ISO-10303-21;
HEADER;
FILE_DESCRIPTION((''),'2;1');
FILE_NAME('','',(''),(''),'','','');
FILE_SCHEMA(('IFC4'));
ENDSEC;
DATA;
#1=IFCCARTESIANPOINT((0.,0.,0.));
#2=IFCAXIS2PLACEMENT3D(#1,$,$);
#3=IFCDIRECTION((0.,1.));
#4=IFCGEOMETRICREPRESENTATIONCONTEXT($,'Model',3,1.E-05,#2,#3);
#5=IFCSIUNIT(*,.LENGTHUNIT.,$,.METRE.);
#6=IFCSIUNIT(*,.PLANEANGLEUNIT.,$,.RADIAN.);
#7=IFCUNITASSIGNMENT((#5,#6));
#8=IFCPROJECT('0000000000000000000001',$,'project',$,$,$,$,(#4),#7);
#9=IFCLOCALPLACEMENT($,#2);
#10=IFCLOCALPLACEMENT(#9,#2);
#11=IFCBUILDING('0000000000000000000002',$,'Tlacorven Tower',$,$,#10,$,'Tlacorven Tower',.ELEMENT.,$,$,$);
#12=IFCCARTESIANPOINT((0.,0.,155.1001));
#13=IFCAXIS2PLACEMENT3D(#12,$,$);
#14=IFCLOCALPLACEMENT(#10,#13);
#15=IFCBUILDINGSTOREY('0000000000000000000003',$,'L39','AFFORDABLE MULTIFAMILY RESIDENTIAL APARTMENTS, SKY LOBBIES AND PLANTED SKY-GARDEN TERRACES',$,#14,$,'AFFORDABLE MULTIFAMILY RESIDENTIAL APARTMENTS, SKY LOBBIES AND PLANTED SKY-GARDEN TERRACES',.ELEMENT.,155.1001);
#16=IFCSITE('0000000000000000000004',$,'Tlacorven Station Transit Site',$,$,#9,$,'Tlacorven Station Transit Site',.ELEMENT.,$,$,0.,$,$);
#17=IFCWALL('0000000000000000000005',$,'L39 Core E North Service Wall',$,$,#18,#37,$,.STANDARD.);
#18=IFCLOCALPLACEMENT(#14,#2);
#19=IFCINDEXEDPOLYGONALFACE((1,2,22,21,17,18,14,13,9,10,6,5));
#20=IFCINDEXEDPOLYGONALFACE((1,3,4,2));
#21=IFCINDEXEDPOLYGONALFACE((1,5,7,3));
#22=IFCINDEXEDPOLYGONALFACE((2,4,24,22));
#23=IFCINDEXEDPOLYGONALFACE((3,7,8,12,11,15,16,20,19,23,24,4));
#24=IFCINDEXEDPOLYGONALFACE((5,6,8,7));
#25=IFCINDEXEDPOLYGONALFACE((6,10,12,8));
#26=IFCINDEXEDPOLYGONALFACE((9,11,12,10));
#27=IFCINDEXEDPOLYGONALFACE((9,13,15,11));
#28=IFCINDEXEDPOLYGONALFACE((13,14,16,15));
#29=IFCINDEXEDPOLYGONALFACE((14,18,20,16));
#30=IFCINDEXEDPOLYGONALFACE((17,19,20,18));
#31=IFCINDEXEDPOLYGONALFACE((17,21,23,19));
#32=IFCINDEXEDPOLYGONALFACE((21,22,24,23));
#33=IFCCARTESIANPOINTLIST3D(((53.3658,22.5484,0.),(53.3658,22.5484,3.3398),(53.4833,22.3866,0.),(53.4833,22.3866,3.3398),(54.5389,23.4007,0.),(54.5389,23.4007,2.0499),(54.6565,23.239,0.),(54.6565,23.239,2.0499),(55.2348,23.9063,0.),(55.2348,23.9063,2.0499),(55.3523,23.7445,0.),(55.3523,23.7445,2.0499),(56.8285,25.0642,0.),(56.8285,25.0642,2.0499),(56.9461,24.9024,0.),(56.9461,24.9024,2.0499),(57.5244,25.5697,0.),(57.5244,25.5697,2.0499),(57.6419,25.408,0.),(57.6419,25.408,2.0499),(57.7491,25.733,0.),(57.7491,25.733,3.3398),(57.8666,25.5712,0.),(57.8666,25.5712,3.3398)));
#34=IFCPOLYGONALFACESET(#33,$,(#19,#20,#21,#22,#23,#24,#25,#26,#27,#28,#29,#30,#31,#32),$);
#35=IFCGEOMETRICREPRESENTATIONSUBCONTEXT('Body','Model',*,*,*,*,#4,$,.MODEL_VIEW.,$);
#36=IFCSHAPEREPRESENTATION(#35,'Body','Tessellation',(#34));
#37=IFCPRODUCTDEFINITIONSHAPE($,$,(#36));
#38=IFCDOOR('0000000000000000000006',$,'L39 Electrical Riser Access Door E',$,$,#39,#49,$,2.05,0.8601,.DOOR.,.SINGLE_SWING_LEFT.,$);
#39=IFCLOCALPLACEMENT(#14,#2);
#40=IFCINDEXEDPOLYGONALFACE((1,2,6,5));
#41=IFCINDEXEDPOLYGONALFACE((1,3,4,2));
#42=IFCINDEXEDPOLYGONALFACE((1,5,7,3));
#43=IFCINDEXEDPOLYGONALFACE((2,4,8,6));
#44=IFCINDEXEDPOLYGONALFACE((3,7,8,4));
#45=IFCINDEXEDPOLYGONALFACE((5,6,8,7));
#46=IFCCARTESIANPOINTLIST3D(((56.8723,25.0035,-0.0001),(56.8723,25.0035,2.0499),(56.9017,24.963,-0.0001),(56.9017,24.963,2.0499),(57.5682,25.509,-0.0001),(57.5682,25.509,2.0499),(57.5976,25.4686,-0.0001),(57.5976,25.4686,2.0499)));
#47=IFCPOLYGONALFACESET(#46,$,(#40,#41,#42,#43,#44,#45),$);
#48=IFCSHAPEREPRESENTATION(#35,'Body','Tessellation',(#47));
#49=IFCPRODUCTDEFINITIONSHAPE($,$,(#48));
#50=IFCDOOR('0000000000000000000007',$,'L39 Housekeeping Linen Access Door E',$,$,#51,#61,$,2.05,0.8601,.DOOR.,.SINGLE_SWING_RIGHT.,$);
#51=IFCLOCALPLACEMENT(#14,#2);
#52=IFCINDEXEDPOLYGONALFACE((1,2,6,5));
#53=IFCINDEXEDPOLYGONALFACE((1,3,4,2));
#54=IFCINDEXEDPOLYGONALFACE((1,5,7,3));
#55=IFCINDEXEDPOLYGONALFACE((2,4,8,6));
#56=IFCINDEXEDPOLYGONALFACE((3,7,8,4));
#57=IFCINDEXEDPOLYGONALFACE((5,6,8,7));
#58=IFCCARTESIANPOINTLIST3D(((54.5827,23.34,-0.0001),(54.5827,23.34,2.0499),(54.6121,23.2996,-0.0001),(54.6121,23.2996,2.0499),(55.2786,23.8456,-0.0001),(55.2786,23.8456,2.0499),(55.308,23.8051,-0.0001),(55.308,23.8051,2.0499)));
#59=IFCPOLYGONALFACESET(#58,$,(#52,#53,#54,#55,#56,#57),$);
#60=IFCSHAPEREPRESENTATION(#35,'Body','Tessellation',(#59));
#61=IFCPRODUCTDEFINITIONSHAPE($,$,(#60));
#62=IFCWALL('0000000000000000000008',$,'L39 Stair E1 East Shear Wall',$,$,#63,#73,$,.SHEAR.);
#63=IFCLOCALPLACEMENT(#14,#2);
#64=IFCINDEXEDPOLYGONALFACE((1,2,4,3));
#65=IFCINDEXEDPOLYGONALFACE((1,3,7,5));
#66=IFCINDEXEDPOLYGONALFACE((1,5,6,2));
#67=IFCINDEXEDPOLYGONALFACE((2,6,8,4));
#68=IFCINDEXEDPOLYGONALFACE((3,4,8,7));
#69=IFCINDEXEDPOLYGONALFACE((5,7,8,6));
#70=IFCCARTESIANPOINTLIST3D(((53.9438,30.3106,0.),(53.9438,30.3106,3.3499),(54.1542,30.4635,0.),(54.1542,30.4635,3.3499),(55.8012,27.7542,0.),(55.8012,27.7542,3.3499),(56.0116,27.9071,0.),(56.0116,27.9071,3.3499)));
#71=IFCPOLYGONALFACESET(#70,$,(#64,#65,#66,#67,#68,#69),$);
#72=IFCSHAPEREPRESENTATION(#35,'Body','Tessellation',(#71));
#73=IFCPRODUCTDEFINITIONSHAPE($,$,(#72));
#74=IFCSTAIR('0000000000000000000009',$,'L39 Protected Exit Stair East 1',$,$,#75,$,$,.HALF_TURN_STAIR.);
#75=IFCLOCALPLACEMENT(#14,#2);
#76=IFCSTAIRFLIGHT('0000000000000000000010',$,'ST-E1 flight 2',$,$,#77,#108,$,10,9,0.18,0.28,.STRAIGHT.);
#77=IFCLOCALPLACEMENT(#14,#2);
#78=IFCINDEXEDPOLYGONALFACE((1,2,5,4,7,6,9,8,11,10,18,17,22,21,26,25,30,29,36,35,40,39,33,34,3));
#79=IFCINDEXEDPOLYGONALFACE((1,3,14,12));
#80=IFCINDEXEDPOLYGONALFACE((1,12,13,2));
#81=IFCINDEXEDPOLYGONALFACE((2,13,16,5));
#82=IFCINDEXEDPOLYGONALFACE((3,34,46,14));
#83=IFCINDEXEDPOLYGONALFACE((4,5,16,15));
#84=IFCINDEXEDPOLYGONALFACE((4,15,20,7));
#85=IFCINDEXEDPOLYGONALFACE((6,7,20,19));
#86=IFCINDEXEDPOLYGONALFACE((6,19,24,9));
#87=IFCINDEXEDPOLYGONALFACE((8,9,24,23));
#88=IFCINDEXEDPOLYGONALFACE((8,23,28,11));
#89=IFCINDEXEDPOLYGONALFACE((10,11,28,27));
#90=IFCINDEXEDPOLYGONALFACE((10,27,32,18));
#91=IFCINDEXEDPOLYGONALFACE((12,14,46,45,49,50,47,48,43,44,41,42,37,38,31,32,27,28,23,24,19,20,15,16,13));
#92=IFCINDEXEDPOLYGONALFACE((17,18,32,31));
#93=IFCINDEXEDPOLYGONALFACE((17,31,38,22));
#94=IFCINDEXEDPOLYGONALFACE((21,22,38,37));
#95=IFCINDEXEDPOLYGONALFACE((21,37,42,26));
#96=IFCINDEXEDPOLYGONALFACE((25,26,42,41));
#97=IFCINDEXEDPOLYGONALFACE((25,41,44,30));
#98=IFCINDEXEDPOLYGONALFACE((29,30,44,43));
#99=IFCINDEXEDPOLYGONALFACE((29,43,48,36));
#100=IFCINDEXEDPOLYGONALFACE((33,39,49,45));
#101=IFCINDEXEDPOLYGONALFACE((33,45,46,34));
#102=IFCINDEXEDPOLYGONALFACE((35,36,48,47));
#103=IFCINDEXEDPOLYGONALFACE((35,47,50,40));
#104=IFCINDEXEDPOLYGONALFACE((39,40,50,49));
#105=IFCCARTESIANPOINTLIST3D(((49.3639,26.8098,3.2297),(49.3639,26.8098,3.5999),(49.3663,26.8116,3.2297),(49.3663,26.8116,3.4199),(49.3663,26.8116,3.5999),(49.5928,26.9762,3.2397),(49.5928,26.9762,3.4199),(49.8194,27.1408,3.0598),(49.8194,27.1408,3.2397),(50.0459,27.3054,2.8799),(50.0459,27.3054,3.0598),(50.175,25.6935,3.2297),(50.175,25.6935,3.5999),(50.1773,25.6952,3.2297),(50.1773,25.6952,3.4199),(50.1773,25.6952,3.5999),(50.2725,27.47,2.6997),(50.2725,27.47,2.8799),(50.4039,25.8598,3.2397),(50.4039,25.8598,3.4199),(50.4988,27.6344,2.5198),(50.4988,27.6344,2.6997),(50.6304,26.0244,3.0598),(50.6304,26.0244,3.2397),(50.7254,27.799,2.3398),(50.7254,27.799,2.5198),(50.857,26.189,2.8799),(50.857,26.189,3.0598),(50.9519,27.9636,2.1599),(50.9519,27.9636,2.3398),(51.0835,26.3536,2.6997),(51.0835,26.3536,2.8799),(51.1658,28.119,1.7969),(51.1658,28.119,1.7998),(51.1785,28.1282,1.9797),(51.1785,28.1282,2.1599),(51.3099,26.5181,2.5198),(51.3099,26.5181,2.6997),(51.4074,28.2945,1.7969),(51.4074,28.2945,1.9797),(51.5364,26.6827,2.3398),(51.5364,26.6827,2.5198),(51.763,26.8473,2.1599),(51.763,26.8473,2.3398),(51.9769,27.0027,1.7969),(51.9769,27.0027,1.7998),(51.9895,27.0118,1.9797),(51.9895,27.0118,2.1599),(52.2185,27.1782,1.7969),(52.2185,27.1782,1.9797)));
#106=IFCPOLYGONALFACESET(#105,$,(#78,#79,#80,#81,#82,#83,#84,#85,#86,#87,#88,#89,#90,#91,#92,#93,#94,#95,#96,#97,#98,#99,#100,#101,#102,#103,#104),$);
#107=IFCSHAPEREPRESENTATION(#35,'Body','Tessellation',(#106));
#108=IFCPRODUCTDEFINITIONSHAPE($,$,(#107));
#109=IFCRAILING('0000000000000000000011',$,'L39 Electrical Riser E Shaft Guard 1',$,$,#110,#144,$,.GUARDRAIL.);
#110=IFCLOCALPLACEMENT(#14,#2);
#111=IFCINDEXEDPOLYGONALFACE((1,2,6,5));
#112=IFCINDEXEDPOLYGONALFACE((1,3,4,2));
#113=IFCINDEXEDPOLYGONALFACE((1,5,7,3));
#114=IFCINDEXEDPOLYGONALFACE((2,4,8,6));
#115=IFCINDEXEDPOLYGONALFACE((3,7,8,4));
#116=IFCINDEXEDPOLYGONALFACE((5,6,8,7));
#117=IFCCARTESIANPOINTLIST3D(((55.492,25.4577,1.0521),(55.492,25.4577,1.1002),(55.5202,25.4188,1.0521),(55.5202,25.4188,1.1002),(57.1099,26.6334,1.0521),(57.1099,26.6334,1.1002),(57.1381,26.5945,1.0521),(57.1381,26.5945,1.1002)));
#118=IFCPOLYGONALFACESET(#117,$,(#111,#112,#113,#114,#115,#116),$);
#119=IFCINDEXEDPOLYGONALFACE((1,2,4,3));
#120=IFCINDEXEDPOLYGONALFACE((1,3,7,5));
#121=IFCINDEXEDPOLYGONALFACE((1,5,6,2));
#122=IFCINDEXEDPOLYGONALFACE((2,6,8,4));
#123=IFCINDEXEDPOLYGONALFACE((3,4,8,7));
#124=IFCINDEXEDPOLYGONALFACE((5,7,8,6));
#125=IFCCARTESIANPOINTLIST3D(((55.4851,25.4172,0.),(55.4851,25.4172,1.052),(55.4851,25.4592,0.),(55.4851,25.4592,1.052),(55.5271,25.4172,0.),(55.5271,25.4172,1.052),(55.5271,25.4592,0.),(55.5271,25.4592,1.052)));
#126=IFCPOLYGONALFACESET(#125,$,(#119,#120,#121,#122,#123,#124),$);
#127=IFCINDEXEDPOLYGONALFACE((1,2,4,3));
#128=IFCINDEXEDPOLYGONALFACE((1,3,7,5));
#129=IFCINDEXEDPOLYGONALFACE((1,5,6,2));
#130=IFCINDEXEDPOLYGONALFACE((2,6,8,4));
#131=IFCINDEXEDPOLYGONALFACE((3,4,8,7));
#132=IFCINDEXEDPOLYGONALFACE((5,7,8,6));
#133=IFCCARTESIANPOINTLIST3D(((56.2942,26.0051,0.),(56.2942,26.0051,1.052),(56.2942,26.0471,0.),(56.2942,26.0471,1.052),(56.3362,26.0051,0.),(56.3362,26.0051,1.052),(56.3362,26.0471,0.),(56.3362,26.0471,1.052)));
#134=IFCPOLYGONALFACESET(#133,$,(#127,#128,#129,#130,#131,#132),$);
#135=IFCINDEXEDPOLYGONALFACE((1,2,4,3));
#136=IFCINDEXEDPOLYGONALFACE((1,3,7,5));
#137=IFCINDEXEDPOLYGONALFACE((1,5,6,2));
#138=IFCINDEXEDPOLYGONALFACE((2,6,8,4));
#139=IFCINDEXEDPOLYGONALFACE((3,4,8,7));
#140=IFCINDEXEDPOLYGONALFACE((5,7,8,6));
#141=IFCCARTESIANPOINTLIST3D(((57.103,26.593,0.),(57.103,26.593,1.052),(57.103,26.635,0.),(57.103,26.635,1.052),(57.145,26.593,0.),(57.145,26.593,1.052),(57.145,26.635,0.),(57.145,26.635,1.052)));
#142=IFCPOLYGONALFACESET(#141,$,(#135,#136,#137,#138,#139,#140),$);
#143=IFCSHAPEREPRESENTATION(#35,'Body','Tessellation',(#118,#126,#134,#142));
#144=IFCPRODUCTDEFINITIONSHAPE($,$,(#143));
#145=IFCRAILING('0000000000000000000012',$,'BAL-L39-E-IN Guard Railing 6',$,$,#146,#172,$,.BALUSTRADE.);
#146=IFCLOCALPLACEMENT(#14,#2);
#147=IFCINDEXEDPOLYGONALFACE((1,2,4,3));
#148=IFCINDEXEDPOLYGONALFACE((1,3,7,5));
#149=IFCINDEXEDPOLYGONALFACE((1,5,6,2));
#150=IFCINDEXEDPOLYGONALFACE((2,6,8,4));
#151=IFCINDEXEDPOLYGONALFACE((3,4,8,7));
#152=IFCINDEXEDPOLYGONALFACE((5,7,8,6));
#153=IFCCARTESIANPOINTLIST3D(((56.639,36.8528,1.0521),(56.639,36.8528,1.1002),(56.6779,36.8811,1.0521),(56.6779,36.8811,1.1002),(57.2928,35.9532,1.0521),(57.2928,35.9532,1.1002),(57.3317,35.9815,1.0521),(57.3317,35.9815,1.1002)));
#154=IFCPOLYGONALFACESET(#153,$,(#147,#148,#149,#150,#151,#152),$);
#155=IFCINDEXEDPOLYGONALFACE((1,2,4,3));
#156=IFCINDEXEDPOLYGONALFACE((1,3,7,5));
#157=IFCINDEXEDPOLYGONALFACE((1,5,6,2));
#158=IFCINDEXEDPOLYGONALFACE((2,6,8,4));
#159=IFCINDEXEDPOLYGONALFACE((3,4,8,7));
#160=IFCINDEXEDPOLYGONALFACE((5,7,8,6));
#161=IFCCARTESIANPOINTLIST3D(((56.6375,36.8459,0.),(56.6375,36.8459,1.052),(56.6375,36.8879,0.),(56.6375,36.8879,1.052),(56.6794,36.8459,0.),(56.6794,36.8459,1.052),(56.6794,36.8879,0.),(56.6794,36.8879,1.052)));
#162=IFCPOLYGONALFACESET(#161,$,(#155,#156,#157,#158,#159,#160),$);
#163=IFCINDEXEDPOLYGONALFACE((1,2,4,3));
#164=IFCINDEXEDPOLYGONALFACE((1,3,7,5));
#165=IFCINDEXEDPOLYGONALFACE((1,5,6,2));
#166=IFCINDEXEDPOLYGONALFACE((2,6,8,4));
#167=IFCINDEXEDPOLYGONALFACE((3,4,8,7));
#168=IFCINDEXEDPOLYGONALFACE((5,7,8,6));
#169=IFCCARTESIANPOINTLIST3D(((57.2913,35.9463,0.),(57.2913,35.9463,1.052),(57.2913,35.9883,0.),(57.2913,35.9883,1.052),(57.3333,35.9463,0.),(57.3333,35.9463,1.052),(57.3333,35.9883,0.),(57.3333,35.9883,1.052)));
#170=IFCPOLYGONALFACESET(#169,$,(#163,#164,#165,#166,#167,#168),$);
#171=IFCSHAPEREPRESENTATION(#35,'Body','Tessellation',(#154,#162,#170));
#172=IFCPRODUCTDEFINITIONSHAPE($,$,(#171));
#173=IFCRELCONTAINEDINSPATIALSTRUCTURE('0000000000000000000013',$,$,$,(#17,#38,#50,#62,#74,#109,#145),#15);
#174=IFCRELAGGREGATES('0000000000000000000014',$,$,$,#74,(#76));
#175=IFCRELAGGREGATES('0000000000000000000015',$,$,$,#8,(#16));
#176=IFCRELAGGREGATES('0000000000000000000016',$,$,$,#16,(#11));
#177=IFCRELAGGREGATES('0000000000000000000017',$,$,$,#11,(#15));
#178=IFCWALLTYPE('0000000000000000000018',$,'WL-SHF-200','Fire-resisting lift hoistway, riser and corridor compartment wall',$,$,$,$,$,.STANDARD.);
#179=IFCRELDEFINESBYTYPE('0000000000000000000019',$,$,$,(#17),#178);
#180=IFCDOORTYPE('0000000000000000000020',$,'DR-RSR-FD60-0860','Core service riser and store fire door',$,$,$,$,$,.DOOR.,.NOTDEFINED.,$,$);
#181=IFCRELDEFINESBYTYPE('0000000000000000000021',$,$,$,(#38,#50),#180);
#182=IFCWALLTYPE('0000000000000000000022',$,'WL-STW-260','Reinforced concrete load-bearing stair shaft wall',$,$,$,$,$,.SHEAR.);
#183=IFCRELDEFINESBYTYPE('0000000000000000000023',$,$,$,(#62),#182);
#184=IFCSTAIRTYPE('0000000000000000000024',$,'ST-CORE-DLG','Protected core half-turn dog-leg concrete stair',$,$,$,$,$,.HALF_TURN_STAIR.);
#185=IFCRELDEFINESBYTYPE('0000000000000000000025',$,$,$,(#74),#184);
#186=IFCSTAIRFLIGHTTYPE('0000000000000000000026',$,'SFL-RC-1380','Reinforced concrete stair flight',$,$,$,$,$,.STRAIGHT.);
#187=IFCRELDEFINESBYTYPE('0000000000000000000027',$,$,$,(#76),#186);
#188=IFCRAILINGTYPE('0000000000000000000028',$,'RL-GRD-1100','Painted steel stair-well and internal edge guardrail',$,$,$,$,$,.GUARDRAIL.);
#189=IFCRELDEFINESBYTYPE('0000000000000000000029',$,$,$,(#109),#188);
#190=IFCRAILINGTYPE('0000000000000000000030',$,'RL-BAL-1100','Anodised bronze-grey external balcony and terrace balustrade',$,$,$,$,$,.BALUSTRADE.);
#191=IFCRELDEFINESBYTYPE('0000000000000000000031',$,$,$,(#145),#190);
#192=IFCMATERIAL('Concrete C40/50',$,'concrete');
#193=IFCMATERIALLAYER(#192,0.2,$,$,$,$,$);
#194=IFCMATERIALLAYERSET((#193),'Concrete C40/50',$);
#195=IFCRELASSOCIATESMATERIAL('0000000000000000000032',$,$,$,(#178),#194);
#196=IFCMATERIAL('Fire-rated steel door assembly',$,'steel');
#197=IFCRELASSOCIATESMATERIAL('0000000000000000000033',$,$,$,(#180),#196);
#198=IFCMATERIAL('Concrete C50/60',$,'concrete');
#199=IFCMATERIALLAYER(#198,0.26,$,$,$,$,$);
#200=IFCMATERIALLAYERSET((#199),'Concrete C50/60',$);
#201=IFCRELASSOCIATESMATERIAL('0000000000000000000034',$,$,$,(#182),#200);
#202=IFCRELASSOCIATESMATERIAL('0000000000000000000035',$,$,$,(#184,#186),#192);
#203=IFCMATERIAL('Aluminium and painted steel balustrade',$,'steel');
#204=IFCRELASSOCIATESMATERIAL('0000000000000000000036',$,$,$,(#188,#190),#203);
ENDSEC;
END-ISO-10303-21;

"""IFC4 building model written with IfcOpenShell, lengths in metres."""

from ifc_helpers import new_model, si_unit, direction, frame, frame_2d, origin, origin_2d, place, context, subcontext, project, spatial, polyline, rectangle, outline, extrude, source, transform, mapped, material, layer, layer_set, type_object, element, fill, aggregate, save


model = new_model("IFC4")

# Units and contexts
model_context = context("Model", 3, precision=1e-05, world=origin(), true_north=direction((0.0, 1.0)))
body_context = subcontext(model_context, "Body", "Model", "MODEL_VIEW")
ifc_project = project(units=[si_unit("LENGTHUNIT", "METRE"), si_unit("PLANEANGLEUNIT", "RADIAN")], contexts=[model_context])

# Site, building, storey
site_placement = place(None, origin())
site = spatial("IfcSite", under=ifc_project, at=site_placement, Name="Tlacorven Station Transit Site", LongName="Tlacorven Station Transit Site", CompositionType="ELEMENT", RefElevation=0.0)
building_placement = place(site_placement, origin())
building = spatial("IfcBuilding", under=site, at=building_placement, Name="Tlacorven Tower", LongName="Tlacorven Tower", CompositionType="ELEMENT")
storey_placement = place(building_placement, frame((0.0, 0.0, 155.1001)))
storey = spatial("IfcBuildingStorey", under=building, at=storey_placement, Name="L39", Description="AFFORDABLE MULTIFAMILY RESIDENTIAL APARTMENTS, SKY LOBBIES AND PLANTED SKY-GARDEN TERRACES", LongName="AFFORDABLE MULTIFAMILY RESIDENTIAL APARTMENTS, SKY LOBBIES AND PLANTED SKY-GARDEN TERRACES", CompositionType="ELEMENT", Elevation=155.1001)

# Shared definitions
ifc_material_1 = material(Name="Fire-rated steel door assembly", Category="steel")

# Shared definitions
ifc_material_2 = material(Name="Concrete C40/50", Category="concrete")
ifc_layer_1 = layer(ifc_material_2, 0.2)
ifc_layer_set_1 = layer_set([ifc_layer_1], Name="Concrete C40/50")
wall_type_1 = type_object("IfcWallType", Name="WL-SHF-200", Description="Fire-resisting lift hoistway, riser and corridor compartment wall", PredefinedType="STANDARD", material=ifc_layer_set_1)
door_type_1 = type_object("IfcDoorType", Name="DR-RSR-FD60-0860", Description="Core service riser and store fire door", OperationType="NOTDEFINED", PredefinedType="DOOR", material=ifc_material_1)
shared_shape_1 = source(origin(), body_context, "Body", "SweptSolid", [
    extrude(rectangle(XDim=0.8601, YDim=2.05, at=frame_2d((0.4302, 1.0249))), frame((0.0, 0.0249, 0.0), z_axis=(0.0, -1.0, 0.0), x_axis=(1.0, 0.0, 0.0)), (0.0, 0.0, 1.0), 0.05),
])

# Wall, openings, doors
wall_1_placement = place(storey_placement, frame((53.4246, 22.4675, 0.0), z_axis=(0.0, 0.0, 1.0), x_axis=(0.809024, 0.587775, 0.0)))
wall_1 = element("IfcWall", 1, at=wall_1_placement, inside=storey, type_object=wall_type_1, Name="L39 Core E North Service Wall", PredefinedType="STANDARD", context=body_context, shape_type="SweptSolid", body=[
    extrude(rectangle(XDim=5.418, YDim=0.2, at=frame_2d((2.709, 0.0))), origin(), (0.0, 0.0, 1.0), 3.3398),
])
opening_1_placement = place(wall_1_placement, frame((4.28, 0.0, 0.0)))
opening_1 = element("IfcOpeningElement", 2, at=opening_1_placement, cuts=wall_1, PredefinedType="OPENING", context=body_context, shape_type="SweptSolid", body=[
    extrude(rectangle(XDim=0.8601, YDim=2.05, at=frame_2d((0.4302, 1.0249))), frame((0.0, 0.1099, 0.0), z_axis=(0.0, -1.0, 0.0), x_axis=(1.0, 0.0, 0.0)), (0.0, 0.0, 1.0), 0.22),
])
opening_2_placement = place(wall_1_placement, frame((1.45, 0.0, 0.0)))
opening_2 = element("IfcOpeningElement", 3, at=opening_2_placement, cuts=wall_1, PredefinedType="OPENING", context=body_context, shape_type="SweptSolid", body=[
    extrude(rectangle(XDim=0.8601, YDim=2.05, at=frame_2d((0.4302, 1.0249))), frame((0.0, 0.1099, 0.0), z_axis=(0.0, -1.0, 0.0), x_axis=(1.0, 0.0, 0.0)), (0.0, 0.0, 1.0), 0.22),
])
door_1_placement = place(opening_1_placement, frame((0.8601, 0.0, 0.0), z_axis=(0.0, 0.0, 1.0), x_axis=(-1.0, 0.0, 0.0)))
door_1 = element("IfcDoor", 4, at=door_1_placement, inside=storey, type_object=door_type_1, Name="L39 Electrical Riser Access Door E", OperationType="SINGLE_SWING_LEFT", OverallHeight=2.05, OverallWidth=0.8601, PredefinedType="DOOR", context=body_context, shape_type="MappedRepresentation", body=[
    mapped(shared_shape_1, transform((0.0, 0.0, 0.0), scale=1.0)),
])
fill(opening_1, door_1)
door_2_placement = place(opening_2_placement, frame((0.8601, 0.0, 0.0), z_axis=(0.0, 0.0, 1.0), x_axis=(-1.0, 0.0, 0.0)))
door_2 = element("IfcDoor", 5, at=door_2_placement, inside=storey, type_object=door_type_1, Name="L39 Housekeeping Linen Access Door E", OperationType="SINGLE_SWING_RIGHT", OverallHeight=2.05, OverallWidth=0.8601, PredefinedType="DOOR", context=body_context, shape_type="MappedRepresentation", body=[
    mapped(shared_shape_1, transform((0.0, 0.0, 0.0), scale=1.0)),
])
fill(opening_2, door_2)

# Wall
ifc_material_3 = material(Name="Concrete C50/60", Category="concrete")
ifc_layer_2 = layer(ifc_material_3, 0.26)
ifc_layer_set_2 = layer_set([ifc_layer_2], Name="Concrete C50/60")
wall_type_2 = type_object("IfcWallType", Name="WL-STW-260", Description="Reinforced concrete load-bearing stair shaft wall", PredefinedType="SHEAR", material=ifc_layer_set_2)
wall_2_placement = place(storey_placement, frame((55.9065, 27.8306, 0.0), z_axis=(0.0, 0.0, 1.0), x_axis=(-0.587804, 0.809003, 0.0)))
element("IfcWall", 6, at=wall_2_placement, inside=storey, type_object=wall_type_2, Name="L39 Stair E1 East Shear Wall", PredefinedType="SHEAR", context=body_context, shape_type="SweptSolid", body=[
    extrude(rectangle(XDim=3.1599, YDim=0.26, at=frame_2d((1.5801, 0.0))), origin(), (0.0, 0.0, 1.0), 3.3499),
])

# Stair, stair flight
stair_type = type_object("IfcStairType", Name="ST-CORE-DLG", Description="Protected core half-turn dog-leg concrete stair", PredefinedType="HALF_TURN_STAIR", material=ifc_material_2)
stair_placement = place(storey_placement, origin())
stair = element("IfcStair", 7, at=stair_placement, inside=storey, type_object=stair_type, Name="L39 Protected Exit Stair East 1", PredefinedType="HALF_TURN_STAIR")
stair_flight_type = type_object("IfcStairFlightType", Name="SFL-RC-1380", Description="Reinforced concrete stair flight", PredefinedType="STRAIGHT", material=ifc_material_2)
shared_shape_2 = source(origin(), body_context, "Body", "SweptSolid", [
    extrude(outline(polyline([(-0.0029, -0.0029), (-0.0029, 0.1799), (0.28, 0.1799), (0.28, 0.3601), (0.5601, 0.3601), (0.5601, 0.54), (0.8401, 0.54), (0.8401, 0.72), (1.1201, 0.72), (1.1201, 0.8999), (1.3999, 0.8999), (1.3999, 1.0801), (1.6799, 1.0801), (1.6799, 1.26), (1.96, 1.26), (1.96, 1.4399), (2.24, 1.4399), (2.24, 1.6201), (2.52, 1.6201), (2.52, 1.8), (2.5229, 1.8), (2.5229, 1.4299), (2.52, 1.4299), (0.2957, 0.0), (0.2957, -0.0029), (-0.0029, -0.0029)])), frame((0.0, 0.6899, 0.0), z_axis=(0.0, -1.0, 0.0), x_axis=(1.0, 0.0, 0.0)), (0.0, 0.0, 1.0), 1.3799),
])
stair_flight_placement = place(storey_placement, frame((51.8105, 27.7346, 1.7998), z_axis=(0.0, 0.0, 1.0), x_axis=(-0.809017, -0.587785, 0.0)))
stair_flight = element("IfcStairFlight", 8, at=stair_flight_placement, type_object=stair_flight_type, Name="ST-E1 flight 2", NumberOfRisers=10, NumberOfTreads=9, PredefinedType="STRAIGHT", RiserHeight=0.18, TreadLength=0.28, context=body_context, shape_type="MappedRepresentation", body=[
    mapped(shared_shape_2, transform((0.0, 0.0, 0.0), scale=1.0)),
])
aggregate(stair, [stair_flight])

# Railings
ifc_material_4 = material(Name="Aluminium and painted steel balustrade", Category="steel")
railing_type_1 = type_object("IfcRailingType", Name="RL-GRD-1100", Description="Painted steel stair-well and internal edge guardrail", PredefinedType="GUARDRAIL", material=ifc_material_4)
shared_shape_3 = source(origin(), body_context, "Body", "SweptSolid", [
    extrude(rectangle(XDim=0.0481, YDim=0.0481, at=origin_2d()), frame((0.0, 0.0, 1.0762), z_axis=(0.808947, 0.587881, 0.0), x_axis=(-0.587881, 0.808947, 0.0)), (0.0, 0.0, 1.0), 2.0),
    extrude(rectangle(XDim=0.042, YDim=0.042, at=origin_2d()), origin(), (0.0, 0.0, 1.0), 1.052),
    extrude(rectangle(XDim=0.042, YDim=0.042, at=origin_2d()), frame((0.8091, 0.5879, 0.0)), (0.0, 0.0, 1.0), 1.052),
    extrude(rectangle(XDim=0.042, YDim=0.042, at=origin_2d()), frame((1.6179, 1.1758, 0.0)), (0.0, 0.0, 1.0), 1.052),
])
railing_1_placement = place(storey_placement, frame((55.5061, 25.4382, 0.0)))
element("IfcRailing", 9, at=railing_1_placement, inside=storey, type_object=railing_type_1, Name="L39 Electrical Riser E Shaft Guard 1", PredefinedType="GUARDRAIL", context=body_context, shape_type="MappedRepresentation", body=[
    mapped(shared_shape_3, transform((0.0, 0.0, 0.0), scale=1.0)),
])
railing_type_2 = type_object("IfcRailingType", Name="RL-BAL-1100", Description="Anodised bronze-grey external balcony and terrace balustrade", PredefinedType="BALUSTRADE", material=ifc_material_4)
shared_shape_4 = source(origin(), body_context, "Body", "SweptSolid", [
    extrude(rectangle(XDim=0.0481, YDim=0.0481, at=origin_2d()), frame((0.0, 0.0, 1.0762), z_axis=(0.587884, -0.808945, 0.0), x_axis=(0.808945, 0.587884, 0.0)), (0.0, 0.0, 1.0), 1.1121),
    extrude(rectangle(XDim=0.042, YDim=0.042, at=origin_2d()), origin(), (0.0, 0.0, 1.0), 1.052),
    extrude(rectangle(XDim=0.042, YDim=0.042, at=origin_2d()), frame((0.6538, -0.8997, 0.0)), (0.0, 0.0, 1.0), 1.052),
])
railing_2_placement = place(storey_placement, frame((56.6584, 36.8669, 0.0)))
element("IfcRailing", 10, at=railing_2_placement, inside=storey, type_object=railing_type_2, Name="BAL-L39-E-IN Guard Railing 6", PredefinedType="BALUSTRADE", context=body_context, shape_type="MappedRepresentation", body=[
    mapped(shared_shape_4, transform((0.0, 0.0, 0.0), scale=1.0)),
])

save(model, "model.ifc")
